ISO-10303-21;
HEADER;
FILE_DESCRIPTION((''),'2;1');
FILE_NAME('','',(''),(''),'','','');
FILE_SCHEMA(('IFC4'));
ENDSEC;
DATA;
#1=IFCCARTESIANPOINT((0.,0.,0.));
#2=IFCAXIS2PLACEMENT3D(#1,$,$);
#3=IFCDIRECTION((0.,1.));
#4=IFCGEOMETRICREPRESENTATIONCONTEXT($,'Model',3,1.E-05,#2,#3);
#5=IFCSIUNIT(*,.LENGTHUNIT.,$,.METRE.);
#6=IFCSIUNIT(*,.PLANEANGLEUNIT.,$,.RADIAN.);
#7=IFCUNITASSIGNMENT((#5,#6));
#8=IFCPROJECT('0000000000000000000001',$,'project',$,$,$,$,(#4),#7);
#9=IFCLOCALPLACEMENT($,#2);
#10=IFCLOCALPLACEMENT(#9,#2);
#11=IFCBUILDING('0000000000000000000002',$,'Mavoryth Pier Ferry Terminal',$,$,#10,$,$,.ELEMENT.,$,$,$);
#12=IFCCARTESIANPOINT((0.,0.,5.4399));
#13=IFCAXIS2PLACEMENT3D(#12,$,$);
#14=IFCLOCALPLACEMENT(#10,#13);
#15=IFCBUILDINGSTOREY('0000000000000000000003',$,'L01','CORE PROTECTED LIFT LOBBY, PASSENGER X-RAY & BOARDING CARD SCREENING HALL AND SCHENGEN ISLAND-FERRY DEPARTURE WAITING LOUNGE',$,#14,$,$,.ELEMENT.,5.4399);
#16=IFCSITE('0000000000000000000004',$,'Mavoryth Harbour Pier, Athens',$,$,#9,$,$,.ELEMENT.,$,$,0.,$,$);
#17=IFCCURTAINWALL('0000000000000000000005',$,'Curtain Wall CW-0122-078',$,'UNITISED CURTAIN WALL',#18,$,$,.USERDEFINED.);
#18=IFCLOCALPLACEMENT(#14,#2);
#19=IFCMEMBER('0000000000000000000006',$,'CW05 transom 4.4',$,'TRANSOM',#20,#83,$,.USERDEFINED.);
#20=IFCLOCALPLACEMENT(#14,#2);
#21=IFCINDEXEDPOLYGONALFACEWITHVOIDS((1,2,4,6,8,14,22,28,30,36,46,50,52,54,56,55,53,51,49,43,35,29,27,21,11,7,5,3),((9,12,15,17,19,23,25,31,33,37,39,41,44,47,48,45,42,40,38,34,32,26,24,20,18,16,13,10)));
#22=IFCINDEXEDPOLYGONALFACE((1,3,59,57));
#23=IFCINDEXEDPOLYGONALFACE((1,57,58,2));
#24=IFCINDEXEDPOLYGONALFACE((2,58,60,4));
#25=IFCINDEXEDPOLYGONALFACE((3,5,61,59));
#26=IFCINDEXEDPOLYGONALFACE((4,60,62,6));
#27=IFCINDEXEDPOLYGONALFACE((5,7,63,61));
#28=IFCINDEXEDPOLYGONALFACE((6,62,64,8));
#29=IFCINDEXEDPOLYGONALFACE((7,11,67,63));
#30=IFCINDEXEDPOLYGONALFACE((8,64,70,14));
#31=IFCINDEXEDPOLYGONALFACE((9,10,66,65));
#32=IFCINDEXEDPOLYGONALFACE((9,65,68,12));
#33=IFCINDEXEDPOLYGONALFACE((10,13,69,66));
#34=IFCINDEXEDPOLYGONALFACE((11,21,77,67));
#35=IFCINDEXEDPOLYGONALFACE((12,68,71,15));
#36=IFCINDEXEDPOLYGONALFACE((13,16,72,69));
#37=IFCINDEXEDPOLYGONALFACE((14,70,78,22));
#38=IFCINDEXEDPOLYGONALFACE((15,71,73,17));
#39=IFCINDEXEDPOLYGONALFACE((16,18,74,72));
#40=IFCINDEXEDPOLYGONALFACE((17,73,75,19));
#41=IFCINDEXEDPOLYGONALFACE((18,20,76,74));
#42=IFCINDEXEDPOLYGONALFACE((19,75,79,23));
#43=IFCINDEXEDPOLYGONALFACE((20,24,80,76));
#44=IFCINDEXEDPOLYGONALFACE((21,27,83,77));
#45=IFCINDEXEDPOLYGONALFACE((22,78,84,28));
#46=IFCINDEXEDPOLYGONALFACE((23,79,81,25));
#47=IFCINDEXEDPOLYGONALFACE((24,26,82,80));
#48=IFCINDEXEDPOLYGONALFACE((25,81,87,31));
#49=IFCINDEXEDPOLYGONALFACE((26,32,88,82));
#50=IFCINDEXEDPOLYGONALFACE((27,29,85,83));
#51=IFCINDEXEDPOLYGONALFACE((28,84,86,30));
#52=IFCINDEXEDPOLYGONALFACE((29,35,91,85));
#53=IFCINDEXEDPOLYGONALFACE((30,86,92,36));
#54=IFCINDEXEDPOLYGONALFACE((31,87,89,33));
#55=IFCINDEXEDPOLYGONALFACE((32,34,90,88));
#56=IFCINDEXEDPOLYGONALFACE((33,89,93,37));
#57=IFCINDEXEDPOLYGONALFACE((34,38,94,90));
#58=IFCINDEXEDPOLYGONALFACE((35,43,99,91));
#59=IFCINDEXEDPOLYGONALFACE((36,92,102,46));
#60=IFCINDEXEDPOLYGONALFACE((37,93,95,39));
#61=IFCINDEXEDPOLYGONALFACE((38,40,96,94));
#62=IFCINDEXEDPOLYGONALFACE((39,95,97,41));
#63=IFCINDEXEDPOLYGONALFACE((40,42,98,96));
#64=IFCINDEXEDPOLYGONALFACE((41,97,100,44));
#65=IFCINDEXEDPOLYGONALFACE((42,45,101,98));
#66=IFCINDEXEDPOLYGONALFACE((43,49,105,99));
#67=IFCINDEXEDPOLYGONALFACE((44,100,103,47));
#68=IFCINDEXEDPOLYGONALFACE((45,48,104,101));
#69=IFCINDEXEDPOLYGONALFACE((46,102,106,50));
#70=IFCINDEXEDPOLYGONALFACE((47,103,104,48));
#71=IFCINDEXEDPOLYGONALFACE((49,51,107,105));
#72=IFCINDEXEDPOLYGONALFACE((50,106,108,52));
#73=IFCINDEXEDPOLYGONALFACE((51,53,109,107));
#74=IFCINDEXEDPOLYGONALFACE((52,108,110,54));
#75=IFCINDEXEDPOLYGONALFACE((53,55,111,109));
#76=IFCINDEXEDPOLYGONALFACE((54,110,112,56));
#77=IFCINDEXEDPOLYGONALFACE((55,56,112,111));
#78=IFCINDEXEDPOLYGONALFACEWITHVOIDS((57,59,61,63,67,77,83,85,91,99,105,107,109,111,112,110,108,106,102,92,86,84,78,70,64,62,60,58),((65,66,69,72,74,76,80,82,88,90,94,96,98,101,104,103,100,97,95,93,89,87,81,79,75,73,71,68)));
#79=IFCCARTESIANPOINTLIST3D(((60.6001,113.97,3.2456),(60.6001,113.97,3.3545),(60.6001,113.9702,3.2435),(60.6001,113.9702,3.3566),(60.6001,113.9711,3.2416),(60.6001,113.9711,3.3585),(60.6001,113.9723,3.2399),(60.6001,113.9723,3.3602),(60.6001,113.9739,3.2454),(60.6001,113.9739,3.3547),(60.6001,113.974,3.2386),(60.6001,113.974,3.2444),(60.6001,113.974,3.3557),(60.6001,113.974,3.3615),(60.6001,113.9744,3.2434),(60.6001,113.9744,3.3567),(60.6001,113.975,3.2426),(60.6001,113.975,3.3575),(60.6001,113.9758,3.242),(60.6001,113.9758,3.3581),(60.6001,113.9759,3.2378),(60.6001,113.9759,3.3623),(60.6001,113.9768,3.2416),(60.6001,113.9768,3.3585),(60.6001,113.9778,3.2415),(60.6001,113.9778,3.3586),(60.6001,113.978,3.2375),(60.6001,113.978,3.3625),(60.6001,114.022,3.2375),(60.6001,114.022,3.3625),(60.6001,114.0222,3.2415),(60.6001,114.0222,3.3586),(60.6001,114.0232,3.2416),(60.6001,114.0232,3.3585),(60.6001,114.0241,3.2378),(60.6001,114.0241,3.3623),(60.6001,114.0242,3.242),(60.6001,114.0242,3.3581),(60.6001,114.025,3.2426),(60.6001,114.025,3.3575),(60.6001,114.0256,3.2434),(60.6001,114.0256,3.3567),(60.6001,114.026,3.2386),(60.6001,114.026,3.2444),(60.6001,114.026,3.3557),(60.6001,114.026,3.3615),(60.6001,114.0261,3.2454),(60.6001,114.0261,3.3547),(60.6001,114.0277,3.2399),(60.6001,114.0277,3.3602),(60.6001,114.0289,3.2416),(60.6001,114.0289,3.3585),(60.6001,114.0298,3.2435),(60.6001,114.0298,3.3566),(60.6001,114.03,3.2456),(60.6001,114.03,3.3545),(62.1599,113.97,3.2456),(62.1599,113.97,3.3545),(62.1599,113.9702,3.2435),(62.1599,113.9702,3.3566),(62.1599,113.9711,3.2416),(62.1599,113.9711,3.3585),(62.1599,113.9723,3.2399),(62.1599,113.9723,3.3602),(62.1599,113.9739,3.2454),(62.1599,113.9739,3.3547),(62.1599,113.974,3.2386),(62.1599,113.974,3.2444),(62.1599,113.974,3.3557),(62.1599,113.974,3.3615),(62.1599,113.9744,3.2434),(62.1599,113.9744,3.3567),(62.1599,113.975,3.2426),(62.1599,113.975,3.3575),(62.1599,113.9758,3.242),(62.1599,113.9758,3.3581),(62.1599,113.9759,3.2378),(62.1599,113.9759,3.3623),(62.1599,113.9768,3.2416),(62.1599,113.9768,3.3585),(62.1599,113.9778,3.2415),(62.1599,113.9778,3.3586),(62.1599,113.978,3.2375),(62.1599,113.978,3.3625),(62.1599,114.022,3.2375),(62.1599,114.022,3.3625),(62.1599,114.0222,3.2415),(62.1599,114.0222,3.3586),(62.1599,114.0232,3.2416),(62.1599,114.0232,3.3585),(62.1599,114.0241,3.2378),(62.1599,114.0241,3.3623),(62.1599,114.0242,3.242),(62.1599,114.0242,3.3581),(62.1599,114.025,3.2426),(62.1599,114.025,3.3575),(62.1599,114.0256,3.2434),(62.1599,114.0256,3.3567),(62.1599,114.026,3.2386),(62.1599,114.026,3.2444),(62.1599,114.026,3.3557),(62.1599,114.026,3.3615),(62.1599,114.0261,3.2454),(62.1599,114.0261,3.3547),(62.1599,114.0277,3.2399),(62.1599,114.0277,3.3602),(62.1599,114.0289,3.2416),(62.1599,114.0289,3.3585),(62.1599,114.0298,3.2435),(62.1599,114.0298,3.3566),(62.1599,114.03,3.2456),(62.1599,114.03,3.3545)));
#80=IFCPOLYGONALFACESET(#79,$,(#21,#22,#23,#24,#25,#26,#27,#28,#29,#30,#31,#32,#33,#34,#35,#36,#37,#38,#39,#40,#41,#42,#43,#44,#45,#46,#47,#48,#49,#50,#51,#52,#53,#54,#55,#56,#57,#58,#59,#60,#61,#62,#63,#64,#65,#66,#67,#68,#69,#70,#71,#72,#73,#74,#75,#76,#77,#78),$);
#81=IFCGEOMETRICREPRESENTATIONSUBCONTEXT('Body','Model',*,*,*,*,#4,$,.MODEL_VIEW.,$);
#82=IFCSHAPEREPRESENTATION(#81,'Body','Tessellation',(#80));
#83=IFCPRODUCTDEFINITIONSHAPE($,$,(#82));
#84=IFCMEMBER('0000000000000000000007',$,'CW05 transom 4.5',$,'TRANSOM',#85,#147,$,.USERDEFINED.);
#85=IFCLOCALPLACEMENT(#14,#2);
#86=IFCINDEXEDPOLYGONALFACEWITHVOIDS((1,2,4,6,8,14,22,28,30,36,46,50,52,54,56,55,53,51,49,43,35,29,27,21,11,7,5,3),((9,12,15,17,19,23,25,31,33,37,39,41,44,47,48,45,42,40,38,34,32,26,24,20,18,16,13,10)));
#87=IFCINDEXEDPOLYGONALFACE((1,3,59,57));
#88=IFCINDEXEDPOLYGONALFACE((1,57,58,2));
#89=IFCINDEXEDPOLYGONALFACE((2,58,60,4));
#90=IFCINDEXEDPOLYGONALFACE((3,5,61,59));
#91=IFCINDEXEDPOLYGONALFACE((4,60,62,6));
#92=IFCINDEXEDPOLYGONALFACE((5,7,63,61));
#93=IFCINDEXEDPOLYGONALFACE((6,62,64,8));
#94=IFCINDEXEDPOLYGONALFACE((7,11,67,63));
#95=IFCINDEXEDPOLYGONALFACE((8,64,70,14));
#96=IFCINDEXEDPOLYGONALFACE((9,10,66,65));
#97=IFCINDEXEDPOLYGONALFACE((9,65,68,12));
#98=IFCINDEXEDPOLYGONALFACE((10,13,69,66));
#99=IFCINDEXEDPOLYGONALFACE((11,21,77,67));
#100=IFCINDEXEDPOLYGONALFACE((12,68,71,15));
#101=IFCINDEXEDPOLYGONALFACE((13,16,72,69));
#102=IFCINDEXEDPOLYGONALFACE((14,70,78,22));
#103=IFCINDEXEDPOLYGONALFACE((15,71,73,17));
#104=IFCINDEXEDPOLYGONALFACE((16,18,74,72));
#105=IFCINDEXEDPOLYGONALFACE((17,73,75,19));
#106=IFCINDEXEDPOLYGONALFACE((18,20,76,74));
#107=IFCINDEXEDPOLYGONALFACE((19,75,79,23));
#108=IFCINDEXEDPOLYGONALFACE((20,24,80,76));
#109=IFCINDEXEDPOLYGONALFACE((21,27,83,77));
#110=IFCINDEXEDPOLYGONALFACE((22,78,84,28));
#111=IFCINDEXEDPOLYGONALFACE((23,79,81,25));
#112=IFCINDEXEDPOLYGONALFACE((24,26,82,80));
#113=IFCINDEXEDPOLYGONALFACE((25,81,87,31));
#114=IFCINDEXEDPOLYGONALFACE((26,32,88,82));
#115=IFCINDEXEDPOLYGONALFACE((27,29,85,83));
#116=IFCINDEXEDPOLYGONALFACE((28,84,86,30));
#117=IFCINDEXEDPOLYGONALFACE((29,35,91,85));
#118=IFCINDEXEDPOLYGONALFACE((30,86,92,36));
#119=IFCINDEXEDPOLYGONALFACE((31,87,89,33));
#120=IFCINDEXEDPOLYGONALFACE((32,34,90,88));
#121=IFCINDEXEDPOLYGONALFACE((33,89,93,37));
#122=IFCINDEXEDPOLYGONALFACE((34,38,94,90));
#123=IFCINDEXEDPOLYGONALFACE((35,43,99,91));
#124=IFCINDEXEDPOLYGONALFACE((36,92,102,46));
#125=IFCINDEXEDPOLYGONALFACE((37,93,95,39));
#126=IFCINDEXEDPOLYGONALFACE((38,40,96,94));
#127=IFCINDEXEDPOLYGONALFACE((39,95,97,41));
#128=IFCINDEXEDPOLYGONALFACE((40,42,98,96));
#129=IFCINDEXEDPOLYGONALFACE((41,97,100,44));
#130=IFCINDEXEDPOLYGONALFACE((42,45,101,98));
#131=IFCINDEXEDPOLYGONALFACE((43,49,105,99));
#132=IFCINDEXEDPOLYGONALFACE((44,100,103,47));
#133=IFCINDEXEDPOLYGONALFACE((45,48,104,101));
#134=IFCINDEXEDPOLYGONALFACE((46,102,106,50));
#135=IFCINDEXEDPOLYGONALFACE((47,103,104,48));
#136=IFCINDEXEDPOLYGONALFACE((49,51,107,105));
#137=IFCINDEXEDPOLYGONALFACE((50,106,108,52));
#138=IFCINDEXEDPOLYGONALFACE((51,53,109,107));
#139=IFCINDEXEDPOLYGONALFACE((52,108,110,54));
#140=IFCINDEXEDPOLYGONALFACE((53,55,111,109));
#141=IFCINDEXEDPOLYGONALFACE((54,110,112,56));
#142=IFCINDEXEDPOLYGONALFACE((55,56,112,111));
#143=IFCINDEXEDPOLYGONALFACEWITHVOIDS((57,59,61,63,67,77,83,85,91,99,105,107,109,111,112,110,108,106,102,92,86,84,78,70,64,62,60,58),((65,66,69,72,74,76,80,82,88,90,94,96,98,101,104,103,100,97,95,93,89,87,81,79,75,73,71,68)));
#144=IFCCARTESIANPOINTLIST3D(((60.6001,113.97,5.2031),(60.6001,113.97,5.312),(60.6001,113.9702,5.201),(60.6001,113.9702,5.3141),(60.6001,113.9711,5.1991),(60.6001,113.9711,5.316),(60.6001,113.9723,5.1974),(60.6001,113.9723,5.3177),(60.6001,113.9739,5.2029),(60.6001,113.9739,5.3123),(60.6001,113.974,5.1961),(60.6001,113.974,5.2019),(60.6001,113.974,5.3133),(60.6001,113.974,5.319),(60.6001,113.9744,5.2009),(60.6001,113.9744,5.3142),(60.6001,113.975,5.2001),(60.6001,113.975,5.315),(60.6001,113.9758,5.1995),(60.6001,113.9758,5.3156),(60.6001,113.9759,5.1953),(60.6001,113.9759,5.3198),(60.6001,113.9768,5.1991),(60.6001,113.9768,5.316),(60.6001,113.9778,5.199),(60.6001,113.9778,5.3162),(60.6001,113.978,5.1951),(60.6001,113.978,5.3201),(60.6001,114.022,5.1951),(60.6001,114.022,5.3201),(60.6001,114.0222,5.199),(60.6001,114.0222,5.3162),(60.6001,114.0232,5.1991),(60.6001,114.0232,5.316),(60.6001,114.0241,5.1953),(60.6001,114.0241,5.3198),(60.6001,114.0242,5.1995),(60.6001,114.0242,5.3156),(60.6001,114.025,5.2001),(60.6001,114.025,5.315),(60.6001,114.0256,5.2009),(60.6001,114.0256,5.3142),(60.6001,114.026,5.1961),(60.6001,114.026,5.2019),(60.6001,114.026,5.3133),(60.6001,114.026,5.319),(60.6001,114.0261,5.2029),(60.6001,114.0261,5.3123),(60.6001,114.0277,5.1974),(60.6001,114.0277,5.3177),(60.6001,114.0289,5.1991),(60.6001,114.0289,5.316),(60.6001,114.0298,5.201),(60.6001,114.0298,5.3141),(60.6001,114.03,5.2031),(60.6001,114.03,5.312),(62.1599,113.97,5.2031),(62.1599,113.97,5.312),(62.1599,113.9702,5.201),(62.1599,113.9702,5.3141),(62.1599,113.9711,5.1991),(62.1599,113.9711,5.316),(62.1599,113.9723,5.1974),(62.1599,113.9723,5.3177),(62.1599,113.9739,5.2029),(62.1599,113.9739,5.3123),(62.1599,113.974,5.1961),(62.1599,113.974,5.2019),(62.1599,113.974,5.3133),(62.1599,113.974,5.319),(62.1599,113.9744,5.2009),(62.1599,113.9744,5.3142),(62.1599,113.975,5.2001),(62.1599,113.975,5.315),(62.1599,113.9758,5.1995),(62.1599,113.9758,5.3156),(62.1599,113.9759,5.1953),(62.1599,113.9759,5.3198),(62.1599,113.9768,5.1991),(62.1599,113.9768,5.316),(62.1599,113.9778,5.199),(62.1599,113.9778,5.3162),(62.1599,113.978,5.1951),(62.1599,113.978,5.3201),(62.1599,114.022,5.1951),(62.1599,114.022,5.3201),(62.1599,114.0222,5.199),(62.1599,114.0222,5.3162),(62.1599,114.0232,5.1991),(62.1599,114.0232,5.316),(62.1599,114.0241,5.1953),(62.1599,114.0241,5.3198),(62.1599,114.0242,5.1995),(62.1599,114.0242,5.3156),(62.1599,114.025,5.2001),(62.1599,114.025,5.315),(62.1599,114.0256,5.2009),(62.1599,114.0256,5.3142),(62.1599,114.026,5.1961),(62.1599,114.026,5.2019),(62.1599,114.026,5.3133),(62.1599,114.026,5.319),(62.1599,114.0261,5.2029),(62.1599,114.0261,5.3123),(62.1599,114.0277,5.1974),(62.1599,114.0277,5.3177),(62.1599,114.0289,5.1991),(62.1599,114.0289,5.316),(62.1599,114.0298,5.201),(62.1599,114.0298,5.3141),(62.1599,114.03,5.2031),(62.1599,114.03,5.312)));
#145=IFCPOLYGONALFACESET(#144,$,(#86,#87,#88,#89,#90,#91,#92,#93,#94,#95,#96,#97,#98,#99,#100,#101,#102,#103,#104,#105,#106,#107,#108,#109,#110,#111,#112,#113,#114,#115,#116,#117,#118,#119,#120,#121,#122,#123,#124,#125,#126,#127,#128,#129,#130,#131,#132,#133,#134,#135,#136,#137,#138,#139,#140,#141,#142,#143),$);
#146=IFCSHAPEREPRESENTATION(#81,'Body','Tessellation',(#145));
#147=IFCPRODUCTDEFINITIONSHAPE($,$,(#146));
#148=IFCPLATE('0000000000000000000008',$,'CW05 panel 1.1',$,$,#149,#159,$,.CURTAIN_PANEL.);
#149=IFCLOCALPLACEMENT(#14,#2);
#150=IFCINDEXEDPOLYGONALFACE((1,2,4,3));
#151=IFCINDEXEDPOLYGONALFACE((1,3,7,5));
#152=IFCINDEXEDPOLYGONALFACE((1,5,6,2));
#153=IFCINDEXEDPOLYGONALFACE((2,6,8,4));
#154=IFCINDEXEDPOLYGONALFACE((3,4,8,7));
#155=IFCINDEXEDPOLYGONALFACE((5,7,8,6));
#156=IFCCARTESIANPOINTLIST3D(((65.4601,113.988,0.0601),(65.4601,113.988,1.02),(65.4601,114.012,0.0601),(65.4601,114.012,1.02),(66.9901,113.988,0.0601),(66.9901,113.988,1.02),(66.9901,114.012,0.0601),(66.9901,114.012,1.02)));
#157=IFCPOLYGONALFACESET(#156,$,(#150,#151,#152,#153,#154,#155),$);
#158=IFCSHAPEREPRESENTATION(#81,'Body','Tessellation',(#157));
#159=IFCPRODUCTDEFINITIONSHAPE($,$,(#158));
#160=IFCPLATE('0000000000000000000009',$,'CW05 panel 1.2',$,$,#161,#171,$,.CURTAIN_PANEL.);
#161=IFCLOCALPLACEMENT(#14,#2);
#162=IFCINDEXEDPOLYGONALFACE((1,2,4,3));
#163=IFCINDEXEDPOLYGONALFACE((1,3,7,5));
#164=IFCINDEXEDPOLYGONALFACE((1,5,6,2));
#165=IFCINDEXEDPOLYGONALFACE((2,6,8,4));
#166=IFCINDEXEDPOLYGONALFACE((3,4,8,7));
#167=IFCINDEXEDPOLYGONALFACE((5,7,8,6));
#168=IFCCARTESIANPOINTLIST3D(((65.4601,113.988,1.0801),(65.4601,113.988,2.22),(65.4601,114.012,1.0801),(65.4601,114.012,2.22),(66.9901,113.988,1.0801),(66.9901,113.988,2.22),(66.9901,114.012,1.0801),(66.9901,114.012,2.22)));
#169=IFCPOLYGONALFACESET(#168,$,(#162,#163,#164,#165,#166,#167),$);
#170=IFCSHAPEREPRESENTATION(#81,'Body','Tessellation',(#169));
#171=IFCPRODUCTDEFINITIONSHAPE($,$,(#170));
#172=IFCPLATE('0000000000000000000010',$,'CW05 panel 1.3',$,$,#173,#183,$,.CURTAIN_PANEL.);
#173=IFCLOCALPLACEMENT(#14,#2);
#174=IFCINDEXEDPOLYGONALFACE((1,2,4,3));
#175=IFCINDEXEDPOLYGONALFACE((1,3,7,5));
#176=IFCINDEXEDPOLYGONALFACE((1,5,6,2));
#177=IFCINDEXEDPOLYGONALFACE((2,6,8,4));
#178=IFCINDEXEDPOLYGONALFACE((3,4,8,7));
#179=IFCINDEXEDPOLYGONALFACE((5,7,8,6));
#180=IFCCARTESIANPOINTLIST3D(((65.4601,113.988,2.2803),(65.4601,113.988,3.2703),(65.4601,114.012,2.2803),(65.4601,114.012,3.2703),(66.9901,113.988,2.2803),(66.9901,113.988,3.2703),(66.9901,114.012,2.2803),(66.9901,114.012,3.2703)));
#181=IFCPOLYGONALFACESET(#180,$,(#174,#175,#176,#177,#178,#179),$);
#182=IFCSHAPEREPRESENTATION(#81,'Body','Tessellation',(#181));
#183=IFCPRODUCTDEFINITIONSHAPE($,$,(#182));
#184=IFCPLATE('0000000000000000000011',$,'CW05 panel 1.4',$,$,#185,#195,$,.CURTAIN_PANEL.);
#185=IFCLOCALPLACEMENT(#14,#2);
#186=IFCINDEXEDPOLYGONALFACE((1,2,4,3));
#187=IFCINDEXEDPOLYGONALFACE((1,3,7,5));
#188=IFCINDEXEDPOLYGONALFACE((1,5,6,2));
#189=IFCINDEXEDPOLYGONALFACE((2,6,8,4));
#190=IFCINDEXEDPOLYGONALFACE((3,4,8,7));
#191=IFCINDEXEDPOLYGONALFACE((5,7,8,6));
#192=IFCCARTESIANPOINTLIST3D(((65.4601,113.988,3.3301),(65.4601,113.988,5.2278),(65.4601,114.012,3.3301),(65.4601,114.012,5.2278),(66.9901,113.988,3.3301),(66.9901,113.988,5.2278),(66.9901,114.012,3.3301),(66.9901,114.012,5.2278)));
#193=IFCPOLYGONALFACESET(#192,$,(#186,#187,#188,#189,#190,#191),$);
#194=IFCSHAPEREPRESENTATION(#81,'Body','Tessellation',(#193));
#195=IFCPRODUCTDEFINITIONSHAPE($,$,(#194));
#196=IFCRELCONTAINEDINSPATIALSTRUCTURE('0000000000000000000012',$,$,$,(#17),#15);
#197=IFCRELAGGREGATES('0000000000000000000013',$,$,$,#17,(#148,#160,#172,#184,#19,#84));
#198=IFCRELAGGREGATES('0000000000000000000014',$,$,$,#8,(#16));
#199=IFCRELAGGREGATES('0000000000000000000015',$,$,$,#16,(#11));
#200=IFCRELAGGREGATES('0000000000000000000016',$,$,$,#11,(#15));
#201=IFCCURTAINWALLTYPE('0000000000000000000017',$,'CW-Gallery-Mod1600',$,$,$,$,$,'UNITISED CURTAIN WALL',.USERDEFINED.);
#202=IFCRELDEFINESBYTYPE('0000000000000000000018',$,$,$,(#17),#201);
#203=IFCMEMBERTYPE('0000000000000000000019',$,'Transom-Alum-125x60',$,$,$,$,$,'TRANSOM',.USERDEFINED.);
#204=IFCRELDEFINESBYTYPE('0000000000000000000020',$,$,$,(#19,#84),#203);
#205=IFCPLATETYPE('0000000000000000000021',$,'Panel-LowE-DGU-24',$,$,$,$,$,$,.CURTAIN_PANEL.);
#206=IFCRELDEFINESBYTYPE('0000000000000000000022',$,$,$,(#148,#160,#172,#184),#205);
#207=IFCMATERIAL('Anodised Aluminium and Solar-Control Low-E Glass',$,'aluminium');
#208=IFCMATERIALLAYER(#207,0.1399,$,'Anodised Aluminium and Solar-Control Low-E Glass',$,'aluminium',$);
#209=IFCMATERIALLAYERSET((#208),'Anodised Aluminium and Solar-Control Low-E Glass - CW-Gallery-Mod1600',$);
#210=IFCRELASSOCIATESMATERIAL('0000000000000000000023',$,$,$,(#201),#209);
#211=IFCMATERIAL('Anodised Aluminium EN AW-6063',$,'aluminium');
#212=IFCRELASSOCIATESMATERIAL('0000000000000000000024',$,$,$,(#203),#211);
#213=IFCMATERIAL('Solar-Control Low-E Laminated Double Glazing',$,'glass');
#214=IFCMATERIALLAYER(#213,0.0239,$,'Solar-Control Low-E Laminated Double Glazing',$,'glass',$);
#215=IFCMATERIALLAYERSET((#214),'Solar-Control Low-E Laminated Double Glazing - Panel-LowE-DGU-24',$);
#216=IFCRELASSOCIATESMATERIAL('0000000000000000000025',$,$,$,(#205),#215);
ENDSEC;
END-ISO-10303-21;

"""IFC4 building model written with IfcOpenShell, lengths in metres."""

from ifc_helpers import new_model, si_unit, direction, frame, origin, origin_2d, place, context, subcontext, project, spatial, rectangle, hollow_rectangle, extrude, material, layer, layer_set, material_profile, profile_set, type_object, element, aggregate, save


model = new_model("IFC4")

# Units and contexts
model_context = context("Model", 3, precision=1e-05, world=origin(), true_north=direction((0.0, 1.0)))
body_context = subcontext(model_context, "Body", "Model", "MODEL_VIEW")
ifc_project = project(units=[si_unit("LENGTHUNIT", "METRE"), si_unit("PLANEANGLEUNIT", "RADIAN")], contexts=[model_context])

# Site, building, storey
site_placement = place(None, origin())
site = spatial("IfcSite", under=ifc_project, at=site_placement, Name="Mavoryth Harbour Pier, Athens", CompositionType="ELEMENT", RefElevation=0.0)
building_placement = place(site_placement, origin())
building = spatial("IfcBuilding", under=site, at=building_placement, Name="Mavoryth Pier Ferry Terminal", CompositionType="ELEMENT")
storey_placement = place(building_placement, frame((0.0, 0.0, 5.4399)))
storey = spatial("IfcBuildingStorey", under=building, at=storey_placement, Name="L01", Description="CORE PROTECTED LIFT LOBBY, PASSENGER X-RAY & BOARDING CARD SCREENING HALL AND SCHENGEN ISLAND-FERRY DEPARTURE WAITING LOUNGE", CompositionType="ELEMENT", Elevation=5.4399)

# Curtain wall
ifc_material_1 = material(Name="Anodised Aluminium and Solar-Control Low-E Glass", Category="aluminium")
ifc_layer_1 = layer(ifc_material_1, 0.1399, Name="Anodised Aluminium and Solar-Control Low-E Glass", Category="aluminium")
ifc_layer_set_1 = layer_set([ifc_layer_1], Name="Anodised Aluminium and Solar-Control Low-E Glass - CW-Gallery-Mod1600")
curtain_wall_type = type_object("IfcCurtainWallType", Name="CW-Gallery-Mod1600", ElementType="UNITISED CURTAIN WALL", PredefinedType="USERDEFINED", material=ifc_layer_set_1)
curtain_wall_placement = place(storey_placement, origin())
curtain_wall = element("IfcCurtainWall", 1, at=curtain_wall_placement, inside=storey, type_object=curtain_wall_type, Name="Curtain Wall CW-0122-078", ObjectType="UNITISED CURTAIN WALL", PredefinedType="USERDEFINED")
ifc_material_2 = material(Name="Anodised Aluminium EN AW-6063", Category="aluminium")

# Members
ifc_material_profile_1 = material_profile(ifc_material_2, hollow_rectangle(XDim=0.0601, YDim=0.125, WallThickness=0.0039, InnerFilletRadius=0.0039, OuterFilletRadius=0.0081, at=origin_2d()), Name="AL-TRAN 125x60x4", Category="aluminium")
ifc_profile_set_1 = profile_set([ifc_material_profile_1], Name="Anodised Aluminium EN AW-6063 - AL-TRAN 125x60x4")
member_type_1 = type_object("IfcMemberType", Name="Transom-Alum-125x60", ElementType="TRANSOM", PredefinedType="USERDEFINED", material=ifc_profile_set_1)
member_1_placement = place(storey_placement, frame((62.1599, 114.0, 3.3), z_axis=(-1.0, 0.0, 0.0), x_axis=(0.0, -1.0, 0.0)))
member_1 = element("IfcMember", 2, at=member_1_placement, type_object=member_type_1, Name="CW05 transom 4.4", ObjectType="TRANSOM", PredefinedType="USERDEFINED", context=body_context, shape_type="SweptSolid", body=[
    extrude(hollow_rectangle(XDim=0.0601, YDim=0.125, WallThickness=0.0039, InnerFilletRadius=0.0039, OuterFilletRadius=0.0081, at=origin_2d()), origin(), (0.0, 0.0, 1.0), 1.5598),
])
member_2_placement = place(storey_placement, frame((62.1599, 114.0, 5.2576), z_axis=(-1.0, 0.0, 0.0), x_axis=(0.0, -1.0, 0.0)))
member_2 = element("IfcMember", 3, at=member_2_placement, type_object=member_type_1, Name="CW05 transom 4.5", ObjectType="TRANSOM", PredefinedType="USERDEFINED", context=body_context, shape_type="SweptSolid", body=[
    extrude(hollow_rectangle(XDim=0.0601, YDim=0.125, WallThickness=0.0039, InnerFilletRadius=0.0039, OuterFilletRadius=0.0081, at=origin_2d()), origin(), (0.0, 0.0, 1.0), 1.5598),
])

# Plates
ifc_material_3 = material(Name="Solar-Control Low-E Laminated Double Glazing", Category="glass")
ifc_layer_2 = layer(ifc_material_3, 0.0239, Name="Solar-Control Low-E Laminated Double Glazing", Category="glass")
ifc_layer_set_2 = layer_set([ifc_layer_2], Name="Solar-Control Low-E Laminated Double Glazing - Panel-LowE-DGU-24")
plate_type = type_object("IfcPlateType", Name="Panel-LowE-DGU-24", PredefinedType="CURTAIN_PANEL", material=ifc_layer_set_2)
plate_1_placement = place(storey_placement, frame((66.2251, 114.0, 0.0601), z_axis=(0.0, 0.0, 1.0), x_axis=(-1.0, 0.0, 0.0)))
plate_1 = element("IfcPlate", 4, at=plate_1_placement, type_object=plate_type, Name="CW05 panel 1.1", PredefinedType="CURTAIN_PANEL", context=body_context, shape_type="SweptSolid", body=[
    extrude(rectangle(XDim=1.53, YDim=0.0239, at=origin_2d()), origin(), (0.0, 0.0, 1.0), 0.96),
])
plate_2_placement = place(storey_placement, frame((66.2251, 114.0, 1.0801), z_axis=(0.0, 0.0, 1.0), x_axis=(-1.0, 0.0, 0.0)))
plate_2 = element("IfcPlate", 5, at=plate_2_placement, type_object=plate_type, Name="CW05 panel 1.2", PredefinedType="CURTAIN_PANEL", context=body_context, shape_type="SweptSolid", body=[
    extrude(rectangle(XDim=1.53, YDim=0.0239, at=origin_2d()), origin(), (0.0, 0.0, 1.0), 1.1399),
])
plate_3_placement = place(storey_placement, frame((66.2251, 114.0, 2.2803), z_axis=(0.0, 0.0, 1.0), x_axis=(-1.0, 0.0, 0.0)))
plate_3 = element("IfcPlate", 6, at=plate_3_placement, type_object=plate_type, Name="CW05 panel 1.3", PredefinedType="CURTAIN_PANEL", context=body_context, shape_type="SweptSolid", body=[
    extrude(rectangle(XDim=1.53, YDim=0.0239, at=origin_2d()), origin(), (0.0, 0.0, 1.0), 0.99),
])
plate_4_placement = place(storey_placement, frame((66.2251, 114.0, 3.3301), z_axis=(0.0, 0.0, 1.0), x_axis=(-1.0, 0.0, 0.0)))
plate_4 = element("IfcPlate", 7, at=plate_4_placement, type_object=plate_type, Name="CW05 panel 1.4", PredefinedType="CURTAIN_PANEL", context=body_context, shape_type="SweptSolid", body=[
    extrude(rectangle(XDim=1.53, YDim=0.0239, at=origin_2d()), origin(), (0.0, 0.0, 1.0), 1.8977),
])
aggregate(curtain_wall, [plate_1, plate_2, plate_3, plate_4, member_1, member_2])

save(model, "model.ifc")
